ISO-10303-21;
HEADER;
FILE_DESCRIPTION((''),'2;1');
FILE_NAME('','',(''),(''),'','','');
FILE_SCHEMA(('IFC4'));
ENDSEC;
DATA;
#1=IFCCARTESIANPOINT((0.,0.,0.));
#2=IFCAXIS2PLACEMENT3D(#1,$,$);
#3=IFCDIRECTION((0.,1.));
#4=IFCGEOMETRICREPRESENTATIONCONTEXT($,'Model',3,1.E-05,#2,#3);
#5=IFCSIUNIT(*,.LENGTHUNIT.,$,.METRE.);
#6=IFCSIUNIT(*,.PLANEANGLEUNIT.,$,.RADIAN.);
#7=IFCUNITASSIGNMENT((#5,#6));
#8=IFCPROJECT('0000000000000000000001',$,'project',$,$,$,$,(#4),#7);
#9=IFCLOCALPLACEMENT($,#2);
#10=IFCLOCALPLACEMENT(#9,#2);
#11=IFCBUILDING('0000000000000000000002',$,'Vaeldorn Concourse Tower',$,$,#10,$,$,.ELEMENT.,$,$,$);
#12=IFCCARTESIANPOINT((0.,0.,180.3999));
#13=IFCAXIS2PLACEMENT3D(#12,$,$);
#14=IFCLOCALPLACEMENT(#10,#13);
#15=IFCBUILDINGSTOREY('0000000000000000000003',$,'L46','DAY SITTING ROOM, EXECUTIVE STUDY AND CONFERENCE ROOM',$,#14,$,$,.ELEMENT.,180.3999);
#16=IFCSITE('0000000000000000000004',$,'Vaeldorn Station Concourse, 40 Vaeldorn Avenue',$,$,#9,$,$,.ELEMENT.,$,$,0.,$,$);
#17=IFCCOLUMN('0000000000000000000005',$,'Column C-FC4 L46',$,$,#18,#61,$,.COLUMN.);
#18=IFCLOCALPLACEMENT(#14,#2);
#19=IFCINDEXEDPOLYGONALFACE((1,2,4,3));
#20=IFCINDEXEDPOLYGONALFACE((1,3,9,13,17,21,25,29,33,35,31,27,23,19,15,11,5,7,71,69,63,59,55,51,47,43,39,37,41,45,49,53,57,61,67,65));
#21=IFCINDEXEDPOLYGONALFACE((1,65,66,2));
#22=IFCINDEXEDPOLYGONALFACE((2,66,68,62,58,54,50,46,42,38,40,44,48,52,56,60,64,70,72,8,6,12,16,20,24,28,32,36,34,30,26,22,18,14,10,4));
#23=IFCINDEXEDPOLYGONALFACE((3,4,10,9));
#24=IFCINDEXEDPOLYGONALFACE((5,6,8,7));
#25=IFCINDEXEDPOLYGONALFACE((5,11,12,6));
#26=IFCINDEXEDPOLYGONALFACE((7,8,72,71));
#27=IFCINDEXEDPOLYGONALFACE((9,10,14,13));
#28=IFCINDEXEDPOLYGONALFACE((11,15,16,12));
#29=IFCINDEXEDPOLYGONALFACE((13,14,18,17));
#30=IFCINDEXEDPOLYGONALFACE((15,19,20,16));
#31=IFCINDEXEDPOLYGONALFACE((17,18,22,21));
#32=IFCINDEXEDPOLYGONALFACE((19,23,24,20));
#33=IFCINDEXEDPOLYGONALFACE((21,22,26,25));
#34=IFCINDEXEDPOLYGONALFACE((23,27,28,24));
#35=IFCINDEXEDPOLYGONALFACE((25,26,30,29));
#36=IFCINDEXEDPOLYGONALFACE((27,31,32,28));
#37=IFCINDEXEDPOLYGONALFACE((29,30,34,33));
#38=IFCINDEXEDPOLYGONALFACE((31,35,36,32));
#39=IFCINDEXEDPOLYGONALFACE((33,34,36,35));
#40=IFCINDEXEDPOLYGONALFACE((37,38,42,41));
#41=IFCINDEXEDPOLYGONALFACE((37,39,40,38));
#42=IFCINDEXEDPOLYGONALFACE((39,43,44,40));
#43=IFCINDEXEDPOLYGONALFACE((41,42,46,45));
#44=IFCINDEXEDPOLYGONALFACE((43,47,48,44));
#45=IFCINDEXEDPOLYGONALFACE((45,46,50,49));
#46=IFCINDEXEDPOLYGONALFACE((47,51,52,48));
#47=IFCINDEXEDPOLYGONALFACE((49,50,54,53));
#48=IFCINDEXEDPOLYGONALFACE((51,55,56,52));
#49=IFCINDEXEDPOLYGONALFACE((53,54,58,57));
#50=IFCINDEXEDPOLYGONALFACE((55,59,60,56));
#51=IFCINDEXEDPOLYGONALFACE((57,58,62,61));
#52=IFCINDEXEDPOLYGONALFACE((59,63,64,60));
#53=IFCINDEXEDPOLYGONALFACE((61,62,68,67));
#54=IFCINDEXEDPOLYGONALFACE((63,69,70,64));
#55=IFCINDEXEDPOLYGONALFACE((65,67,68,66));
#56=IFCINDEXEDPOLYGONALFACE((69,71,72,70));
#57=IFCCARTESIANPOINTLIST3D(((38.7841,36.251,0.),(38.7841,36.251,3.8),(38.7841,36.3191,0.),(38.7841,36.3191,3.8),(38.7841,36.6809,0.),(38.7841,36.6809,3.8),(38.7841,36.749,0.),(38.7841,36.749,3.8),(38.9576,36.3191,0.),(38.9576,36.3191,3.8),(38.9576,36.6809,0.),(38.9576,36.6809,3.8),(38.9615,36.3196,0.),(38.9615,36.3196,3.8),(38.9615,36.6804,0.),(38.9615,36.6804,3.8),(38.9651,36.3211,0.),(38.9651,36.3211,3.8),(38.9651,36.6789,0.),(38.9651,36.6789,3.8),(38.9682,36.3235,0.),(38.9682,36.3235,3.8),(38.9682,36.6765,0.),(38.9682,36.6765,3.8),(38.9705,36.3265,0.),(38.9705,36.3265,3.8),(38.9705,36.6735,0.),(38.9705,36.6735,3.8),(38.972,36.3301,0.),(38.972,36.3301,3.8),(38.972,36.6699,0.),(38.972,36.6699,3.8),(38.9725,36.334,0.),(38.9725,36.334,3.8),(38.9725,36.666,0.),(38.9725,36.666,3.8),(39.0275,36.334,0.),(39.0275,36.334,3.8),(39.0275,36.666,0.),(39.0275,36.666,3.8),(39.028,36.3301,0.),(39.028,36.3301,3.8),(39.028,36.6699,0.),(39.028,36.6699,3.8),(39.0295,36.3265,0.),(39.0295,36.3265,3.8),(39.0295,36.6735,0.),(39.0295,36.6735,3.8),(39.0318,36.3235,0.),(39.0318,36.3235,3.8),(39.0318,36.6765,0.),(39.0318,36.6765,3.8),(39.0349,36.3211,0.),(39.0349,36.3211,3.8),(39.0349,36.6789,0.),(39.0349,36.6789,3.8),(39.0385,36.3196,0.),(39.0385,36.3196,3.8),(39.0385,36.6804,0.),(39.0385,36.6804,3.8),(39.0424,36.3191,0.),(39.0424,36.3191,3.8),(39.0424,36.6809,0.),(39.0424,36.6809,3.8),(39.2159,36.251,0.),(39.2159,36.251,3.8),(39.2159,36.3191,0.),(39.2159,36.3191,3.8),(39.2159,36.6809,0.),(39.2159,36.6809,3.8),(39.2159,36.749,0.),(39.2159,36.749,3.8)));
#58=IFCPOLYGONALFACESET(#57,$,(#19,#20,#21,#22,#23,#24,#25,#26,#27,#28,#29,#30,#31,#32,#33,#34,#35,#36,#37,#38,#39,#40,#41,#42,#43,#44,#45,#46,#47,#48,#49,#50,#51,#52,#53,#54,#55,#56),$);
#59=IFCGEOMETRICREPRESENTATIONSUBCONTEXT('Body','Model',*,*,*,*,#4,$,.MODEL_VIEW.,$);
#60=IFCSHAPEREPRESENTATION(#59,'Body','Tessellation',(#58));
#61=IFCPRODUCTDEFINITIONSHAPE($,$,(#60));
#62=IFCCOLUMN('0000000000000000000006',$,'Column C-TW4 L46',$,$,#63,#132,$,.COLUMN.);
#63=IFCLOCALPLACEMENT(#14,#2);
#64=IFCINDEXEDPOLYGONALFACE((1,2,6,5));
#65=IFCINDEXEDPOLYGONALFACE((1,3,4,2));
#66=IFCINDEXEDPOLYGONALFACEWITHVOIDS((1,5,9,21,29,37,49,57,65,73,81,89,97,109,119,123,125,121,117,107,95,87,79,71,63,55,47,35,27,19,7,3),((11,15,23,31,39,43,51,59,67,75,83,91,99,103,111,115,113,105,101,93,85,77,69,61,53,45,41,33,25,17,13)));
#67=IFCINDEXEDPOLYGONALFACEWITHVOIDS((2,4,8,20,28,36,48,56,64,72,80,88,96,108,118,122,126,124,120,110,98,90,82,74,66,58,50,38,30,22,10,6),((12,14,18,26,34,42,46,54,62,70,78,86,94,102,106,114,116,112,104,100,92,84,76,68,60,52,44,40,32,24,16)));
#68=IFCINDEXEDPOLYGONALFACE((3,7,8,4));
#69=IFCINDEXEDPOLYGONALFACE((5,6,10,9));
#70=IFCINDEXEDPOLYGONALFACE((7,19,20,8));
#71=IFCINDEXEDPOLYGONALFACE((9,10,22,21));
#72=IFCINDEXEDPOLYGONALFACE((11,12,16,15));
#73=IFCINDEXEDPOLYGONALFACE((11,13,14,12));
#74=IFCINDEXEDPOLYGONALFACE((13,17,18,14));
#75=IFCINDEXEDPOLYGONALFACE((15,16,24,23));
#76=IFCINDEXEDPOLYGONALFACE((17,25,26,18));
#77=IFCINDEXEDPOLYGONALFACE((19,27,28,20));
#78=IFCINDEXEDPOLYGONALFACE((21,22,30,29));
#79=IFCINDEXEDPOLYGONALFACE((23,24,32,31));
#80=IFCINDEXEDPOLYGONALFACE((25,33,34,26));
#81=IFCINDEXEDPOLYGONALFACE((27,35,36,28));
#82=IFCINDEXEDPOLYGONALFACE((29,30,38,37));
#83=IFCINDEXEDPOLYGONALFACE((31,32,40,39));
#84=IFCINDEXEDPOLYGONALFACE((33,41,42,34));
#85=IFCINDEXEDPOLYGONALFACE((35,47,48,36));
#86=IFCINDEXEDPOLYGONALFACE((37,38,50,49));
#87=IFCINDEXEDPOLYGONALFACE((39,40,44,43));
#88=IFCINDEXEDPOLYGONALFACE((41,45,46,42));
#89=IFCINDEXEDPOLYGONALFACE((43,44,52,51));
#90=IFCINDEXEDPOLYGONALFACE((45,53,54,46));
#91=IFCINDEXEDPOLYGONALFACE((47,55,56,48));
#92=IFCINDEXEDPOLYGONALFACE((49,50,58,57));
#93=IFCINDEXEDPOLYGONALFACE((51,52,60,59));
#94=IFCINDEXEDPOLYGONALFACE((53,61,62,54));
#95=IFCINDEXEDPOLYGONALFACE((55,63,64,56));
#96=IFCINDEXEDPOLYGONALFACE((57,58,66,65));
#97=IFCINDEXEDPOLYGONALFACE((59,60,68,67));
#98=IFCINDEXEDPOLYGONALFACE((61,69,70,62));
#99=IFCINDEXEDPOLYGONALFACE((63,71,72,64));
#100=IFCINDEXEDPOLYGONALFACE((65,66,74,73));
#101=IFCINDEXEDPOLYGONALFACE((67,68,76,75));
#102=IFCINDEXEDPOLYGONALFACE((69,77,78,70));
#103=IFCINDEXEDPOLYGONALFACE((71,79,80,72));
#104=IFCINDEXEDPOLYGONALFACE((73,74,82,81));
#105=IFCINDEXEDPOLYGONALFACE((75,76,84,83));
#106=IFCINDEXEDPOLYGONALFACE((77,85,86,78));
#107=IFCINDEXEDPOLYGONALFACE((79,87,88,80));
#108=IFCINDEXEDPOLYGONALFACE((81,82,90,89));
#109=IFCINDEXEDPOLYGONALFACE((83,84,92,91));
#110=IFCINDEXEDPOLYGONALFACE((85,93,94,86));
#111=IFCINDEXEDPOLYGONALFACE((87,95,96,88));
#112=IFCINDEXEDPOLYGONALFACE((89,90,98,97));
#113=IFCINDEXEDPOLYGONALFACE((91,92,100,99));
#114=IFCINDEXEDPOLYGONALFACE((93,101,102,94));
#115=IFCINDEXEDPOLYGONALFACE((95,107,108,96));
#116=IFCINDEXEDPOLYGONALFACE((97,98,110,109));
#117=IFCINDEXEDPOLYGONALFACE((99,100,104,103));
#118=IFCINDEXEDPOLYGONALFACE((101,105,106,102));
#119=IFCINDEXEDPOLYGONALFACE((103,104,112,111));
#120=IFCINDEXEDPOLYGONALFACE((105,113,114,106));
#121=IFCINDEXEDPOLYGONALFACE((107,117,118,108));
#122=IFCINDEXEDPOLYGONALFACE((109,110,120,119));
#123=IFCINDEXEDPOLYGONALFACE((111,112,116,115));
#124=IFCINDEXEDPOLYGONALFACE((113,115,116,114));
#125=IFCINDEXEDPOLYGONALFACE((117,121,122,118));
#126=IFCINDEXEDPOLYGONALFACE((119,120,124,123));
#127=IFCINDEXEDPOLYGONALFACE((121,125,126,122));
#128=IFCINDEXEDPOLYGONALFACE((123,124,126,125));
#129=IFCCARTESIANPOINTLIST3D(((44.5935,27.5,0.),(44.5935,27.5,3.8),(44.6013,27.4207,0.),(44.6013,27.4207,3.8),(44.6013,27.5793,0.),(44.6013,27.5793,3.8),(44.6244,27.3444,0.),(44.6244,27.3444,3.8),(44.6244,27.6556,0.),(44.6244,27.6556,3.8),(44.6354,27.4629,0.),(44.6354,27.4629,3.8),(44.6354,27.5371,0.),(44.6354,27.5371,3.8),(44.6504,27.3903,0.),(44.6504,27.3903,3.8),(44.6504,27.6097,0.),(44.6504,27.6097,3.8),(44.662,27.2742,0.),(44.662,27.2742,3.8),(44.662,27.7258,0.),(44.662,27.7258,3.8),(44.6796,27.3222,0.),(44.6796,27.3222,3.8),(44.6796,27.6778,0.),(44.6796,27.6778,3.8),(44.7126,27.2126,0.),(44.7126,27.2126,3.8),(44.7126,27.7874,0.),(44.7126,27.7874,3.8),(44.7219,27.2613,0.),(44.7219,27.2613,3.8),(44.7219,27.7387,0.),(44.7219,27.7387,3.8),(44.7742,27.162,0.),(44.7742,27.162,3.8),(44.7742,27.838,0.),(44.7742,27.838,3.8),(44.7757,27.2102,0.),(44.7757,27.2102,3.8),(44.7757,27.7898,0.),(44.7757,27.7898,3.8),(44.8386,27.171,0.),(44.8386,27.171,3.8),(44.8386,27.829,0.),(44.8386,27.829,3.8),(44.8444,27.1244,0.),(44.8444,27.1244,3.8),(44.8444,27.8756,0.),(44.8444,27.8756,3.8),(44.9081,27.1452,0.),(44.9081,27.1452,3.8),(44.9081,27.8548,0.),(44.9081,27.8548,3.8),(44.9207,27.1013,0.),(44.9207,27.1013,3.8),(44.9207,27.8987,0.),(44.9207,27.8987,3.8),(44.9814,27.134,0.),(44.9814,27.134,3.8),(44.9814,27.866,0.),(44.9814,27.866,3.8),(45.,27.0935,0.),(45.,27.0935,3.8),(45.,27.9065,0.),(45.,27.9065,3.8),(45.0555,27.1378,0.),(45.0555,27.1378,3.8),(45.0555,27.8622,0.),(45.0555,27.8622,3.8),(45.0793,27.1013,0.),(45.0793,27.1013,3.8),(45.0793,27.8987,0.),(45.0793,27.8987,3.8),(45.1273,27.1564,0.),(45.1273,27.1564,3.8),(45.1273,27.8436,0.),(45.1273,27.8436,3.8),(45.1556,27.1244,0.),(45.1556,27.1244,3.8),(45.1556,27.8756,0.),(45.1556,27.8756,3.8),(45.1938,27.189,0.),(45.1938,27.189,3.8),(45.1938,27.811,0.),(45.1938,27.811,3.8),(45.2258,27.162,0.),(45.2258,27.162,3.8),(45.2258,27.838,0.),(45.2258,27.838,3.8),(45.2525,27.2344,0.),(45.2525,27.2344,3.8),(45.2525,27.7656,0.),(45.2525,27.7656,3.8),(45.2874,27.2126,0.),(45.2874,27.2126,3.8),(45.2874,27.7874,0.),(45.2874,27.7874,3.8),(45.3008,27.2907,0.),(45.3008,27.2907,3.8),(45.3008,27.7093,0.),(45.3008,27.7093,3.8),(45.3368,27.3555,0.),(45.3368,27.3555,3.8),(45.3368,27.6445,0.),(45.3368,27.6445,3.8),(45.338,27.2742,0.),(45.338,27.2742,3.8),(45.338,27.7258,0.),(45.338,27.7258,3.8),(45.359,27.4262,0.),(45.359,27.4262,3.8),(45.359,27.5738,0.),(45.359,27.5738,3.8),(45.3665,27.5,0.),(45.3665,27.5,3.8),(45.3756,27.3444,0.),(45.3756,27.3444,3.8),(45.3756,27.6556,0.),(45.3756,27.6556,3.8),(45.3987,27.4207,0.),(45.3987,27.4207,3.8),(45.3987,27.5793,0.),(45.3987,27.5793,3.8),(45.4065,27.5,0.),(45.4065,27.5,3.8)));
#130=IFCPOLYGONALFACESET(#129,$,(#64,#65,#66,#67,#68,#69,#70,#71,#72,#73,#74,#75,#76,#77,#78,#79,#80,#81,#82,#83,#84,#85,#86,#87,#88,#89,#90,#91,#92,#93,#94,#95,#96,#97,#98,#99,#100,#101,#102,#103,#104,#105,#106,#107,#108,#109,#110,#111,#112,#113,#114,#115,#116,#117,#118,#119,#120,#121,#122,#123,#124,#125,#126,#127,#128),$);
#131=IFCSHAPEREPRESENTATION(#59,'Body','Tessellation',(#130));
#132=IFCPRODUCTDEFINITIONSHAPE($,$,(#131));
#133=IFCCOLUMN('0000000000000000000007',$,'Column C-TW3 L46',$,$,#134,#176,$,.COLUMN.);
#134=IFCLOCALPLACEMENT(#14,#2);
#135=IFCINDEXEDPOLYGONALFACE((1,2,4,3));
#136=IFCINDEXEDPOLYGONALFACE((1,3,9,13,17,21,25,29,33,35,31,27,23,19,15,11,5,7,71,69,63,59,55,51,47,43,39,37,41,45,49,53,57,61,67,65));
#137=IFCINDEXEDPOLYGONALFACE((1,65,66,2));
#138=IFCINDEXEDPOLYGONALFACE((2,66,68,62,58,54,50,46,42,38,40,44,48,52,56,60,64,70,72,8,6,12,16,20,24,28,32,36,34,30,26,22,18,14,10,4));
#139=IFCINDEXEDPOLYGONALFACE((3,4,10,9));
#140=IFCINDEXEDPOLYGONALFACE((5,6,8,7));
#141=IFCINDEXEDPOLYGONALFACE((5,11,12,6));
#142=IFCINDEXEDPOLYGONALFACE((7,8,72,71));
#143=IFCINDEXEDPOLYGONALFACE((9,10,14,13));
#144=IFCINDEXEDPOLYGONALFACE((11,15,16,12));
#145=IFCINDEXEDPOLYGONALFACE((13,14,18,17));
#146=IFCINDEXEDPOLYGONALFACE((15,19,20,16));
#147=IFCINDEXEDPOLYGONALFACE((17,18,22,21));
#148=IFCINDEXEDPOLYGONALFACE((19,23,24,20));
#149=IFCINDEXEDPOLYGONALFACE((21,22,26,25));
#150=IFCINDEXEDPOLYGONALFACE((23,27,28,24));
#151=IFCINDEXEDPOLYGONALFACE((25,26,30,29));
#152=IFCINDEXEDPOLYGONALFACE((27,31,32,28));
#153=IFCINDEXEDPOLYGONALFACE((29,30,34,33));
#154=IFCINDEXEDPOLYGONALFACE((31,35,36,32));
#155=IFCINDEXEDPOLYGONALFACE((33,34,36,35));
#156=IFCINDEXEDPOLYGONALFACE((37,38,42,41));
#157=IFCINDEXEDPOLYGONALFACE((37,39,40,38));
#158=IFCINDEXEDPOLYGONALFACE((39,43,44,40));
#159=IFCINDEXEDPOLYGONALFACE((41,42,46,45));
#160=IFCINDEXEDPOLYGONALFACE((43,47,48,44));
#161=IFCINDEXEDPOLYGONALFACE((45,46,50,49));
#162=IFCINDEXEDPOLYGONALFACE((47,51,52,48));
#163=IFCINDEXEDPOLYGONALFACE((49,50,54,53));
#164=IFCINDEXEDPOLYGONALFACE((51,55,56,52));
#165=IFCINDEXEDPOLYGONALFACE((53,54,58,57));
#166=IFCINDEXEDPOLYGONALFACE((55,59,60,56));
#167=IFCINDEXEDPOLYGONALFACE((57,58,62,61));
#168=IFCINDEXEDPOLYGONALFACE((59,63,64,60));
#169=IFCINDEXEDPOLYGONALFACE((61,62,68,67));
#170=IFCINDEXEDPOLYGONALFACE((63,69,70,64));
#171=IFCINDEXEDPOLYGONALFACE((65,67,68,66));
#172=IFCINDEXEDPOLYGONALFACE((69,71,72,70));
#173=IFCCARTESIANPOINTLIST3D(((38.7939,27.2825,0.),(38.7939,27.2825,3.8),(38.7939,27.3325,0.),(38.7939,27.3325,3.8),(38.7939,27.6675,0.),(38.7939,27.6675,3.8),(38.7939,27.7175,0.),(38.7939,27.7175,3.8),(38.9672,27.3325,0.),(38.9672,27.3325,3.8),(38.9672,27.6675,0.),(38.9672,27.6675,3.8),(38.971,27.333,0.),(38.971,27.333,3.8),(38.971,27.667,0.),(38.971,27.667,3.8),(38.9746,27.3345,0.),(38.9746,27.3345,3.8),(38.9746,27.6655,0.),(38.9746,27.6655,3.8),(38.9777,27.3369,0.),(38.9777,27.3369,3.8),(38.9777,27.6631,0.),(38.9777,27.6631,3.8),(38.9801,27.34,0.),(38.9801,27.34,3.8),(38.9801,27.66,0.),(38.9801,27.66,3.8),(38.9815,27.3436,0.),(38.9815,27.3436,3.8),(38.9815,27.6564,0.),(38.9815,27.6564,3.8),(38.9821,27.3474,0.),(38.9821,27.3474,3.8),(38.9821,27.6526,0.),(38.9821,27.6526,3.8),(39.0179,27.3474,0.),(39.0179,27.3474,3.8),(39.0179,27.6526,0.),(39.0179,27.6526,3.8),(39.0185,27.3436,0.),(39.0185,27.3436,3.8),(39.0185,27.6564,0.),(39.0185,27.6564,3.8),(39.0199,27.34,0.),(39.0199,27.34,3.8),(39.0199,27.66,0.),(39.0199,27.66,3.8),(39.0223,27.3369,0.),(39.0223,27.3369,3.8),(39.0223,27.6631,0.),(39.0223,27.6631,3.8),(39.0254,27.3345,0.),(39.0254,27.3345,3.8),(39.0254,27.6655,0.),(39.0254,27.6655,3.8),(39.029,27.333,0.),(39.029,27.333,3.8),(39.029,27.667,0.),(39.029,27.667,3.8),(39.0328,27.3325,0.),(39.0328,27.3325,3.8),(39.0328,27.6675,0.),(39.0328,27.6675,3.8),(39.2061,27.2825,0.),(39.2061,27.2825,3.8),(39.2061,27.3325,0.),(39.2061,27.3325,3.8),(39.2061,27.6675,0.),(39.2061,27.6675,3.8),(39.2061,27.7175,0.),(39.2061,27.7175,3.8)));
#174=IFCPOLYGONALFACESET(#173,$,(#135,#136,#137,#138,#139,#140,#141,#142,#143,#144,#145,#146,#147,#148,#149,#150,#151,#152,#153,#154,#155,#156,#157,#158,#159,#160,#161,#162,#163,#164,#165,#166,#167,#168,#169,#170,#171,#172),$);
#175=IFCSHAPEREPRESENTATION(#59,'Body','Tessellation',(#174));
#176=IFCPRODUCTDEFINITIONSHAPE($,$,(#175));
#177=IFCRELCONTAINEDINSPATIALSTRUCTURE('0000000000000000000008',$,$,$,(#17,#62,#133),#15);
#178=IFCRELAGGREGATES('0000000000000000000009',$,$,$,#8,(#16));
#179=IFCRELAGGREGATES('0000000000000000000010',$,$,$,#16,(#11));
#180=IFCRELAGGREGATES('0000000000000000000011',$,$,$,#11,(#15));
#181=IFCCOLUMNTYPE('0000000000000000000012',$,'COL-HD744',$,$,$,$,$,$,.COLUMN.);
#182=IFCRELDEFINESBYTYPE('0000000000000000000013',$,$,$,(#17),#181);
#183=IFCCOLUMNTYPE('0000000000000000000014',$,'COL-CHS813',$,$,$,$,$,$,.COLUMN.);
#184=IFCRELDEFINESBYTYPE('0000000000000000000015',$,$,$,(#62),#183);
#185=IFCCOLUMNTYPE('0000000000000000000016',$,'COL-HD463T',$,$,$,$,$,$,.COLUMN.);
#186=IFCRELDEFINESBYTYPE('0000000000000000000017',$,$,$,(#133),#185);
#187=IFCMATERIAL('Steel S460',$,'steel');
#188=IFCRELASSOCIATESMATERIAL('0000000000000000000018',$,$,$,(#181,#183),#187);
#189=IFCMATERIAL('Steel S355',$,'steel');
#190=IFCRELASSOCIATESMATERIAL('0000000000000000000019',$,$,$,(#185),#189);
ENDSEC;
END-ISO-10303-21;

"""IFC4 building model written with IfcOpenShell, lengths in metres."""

from ifc_helpers import new_model, si_unit, direction, frame, origin, origin_2d, place, context, subcontext, project, spatial, hollow_circle, i_section, extrude, source, transform, mapped, material, material_profile, profile_set, type_object, element, save


model = new_model("IFC4")

# Units and contexts
model_context = context("Model", 3, precision=1e-05, world=origin(), true_north=direction((0.0, 1.0)))
body_context = subcontext(model_context, "Body", "Model", "MODEL_VIEW")
ifc_project = project(units=[si_unit("LENGTHUNIT", "METRE"), si_unit("PLANEANGLEUNIT", "RADIAN")], contexts=[model_context])

# Site, building, storey
site_placement = place(None, origin())
site = spatial("IfcSite", under=ifc_project, at=site_placement, Name="Vaeldorn Station Concourse, 40 Vaeldorn Avenue", CompositionType="ELEMENT", RefElevation=0.0)
building_placement = place(site_placement, origin())
building = spatial("IfcBuilding", under=site, at=building_placement, Name="Vaeldorn Concourse Tower", CompositionType="ELEMENT")
storey_placement = place(building_placement, frame((0.0, 0.0, 180.3999)))
storey = spatial("IfcBuildingStorey", under=building, at=storey_placement, Name="L46", Description="DAY SITTING ROOM, EXECUTIVE STUDY AND CONFERENCE ROOM", CompositionType="ELEMENT", Elevation=180.3999)

# Columns
ifc_material_1 = material(Name="Steel S460", Category="steel")
ifc_material_profile_1 = material_profile(ifc_material_1, i_section(OverallWidth=0.4319, OverallDepth=0.498, WebThickness=0.0549, FlangeThickness=0.0681, FilletRadius=0.0149, at=origin_2d()), Name="HD 400x744")
ifc_profile_set_1 = profile_set([ifc_material_profile_1], Name="Steel S460")
column_type_1 = type_object("IfcColumnType", Name="COL-HD744", PredefinedType="COLUMN", material=ifc_profile_set_1)
shared_shape_1 = source(origin(), body_context, "Body", "SweptSolid", [
    extrude(i_section(OverallWidth=0.4319, OverallDepth=0.498, WebThickness=0.0549, FlangeThickness=0.0681, FilletRadius=0.0149, at=origin_2d()), origin(), (0.0, 0.0, 1.0), 3.8),
])
column_1_placement = place(storey_placement, frame((39.0, 36.5, 0.0), z_axis=(0.0, 0.0, 1.0), x_axis=(1.0, 0.0, 0.0)))
element("IfcColumn", 1, at=column_1_placement, inside=storey, type_object=column_type_1, Name="Column C-FC4 L46", PredefinedType="COLUMN", context=body_context, shape_type="MappedRepresentation", body=[
    mapped(shared_shape_1, transform((0.0, 0.0, 0.0), scale=1.0)),
])
ifc_material_profile_2 = material_profile(ifc_material_1, hollow_circle(Radius=0.4065, WallThickness=0.04, at=origin_2d()), Name="CHS 813x40")
ifc_profile_set_2 = profile_set([ifc_material_profile_2], Name="Steel S460")
column_type_2 = type_object("IfcColumnType", Name="COL-CHS813", PredefinedType="COLUMN", material=ifc_profile_set_2)
shared_shape_2 = source(origin(), body_context, "Body", "SweptSolid", [
    extrude(hollow_circle(Radius=0.4065, WallThickness=0.04, at=origin_2d()), origin(), (0.0, 0.0, 1.0), 3.8),
])
column_2_placement = place(storey_placement, frame((45.0, 27.5, 0.0), z_axis=(0.0, 0.0, 1.0), x_axis=(1.0, 0.0, 0.0)))
element("IfcColumn", 2, at=column_2_placement, inside=storey, type_object=column_type_2, Name="Column C-TW4 L46", PredefinedType="COLUMN", context=body_context, shape_type="MappedRepresentation", body=[
    mapped(shared_shape_2, transform((0.0, 0.0, 0.0), scale=1.0)),
])
ifc_material_2 = material(Name="Steel S355", Category="steel")
ifc_material_profile_3 = material_profile(ifc_material_2, i_section(OverallWidth=0.4121, OverallDepth=0.4351, WebThickness=0.0359, FlangeThickness=0.05, FilletRadius=0.0149, at=origin_2d()), Name="HD 400x463")
ifc_profile_set_3 = profile_set([ifc_material_profile_3], Name="Steel S355")
column_type_3 = type_object("IfcColumnType", Name="COL-HD463T", PredefinedType="COLUMN", material=ifc_profile_set_3)
shared_shape_3 = source(origin(), body_context, "Body", "SweptSolid", [
    extrude(i_section(OverallWidth=0.4121, OverallDepth=0.4351, WebThickness=0.0359, FlangeThickness=0.05, FilletRadius=0.0149, at=origin_2d()), origin(), (0.0, 0.0, 1.0), 3.8),
])
for number, where, z_axis, x_axis, name in (
    (3, (39.0, 27.5, 0.0), (0.0, 0.0, 1.0), (1.0, 0.0, 0.0), "Column C-TW3 L46"),
):
    element("IfcColumn", number, at=place(storey_placement, frame(where, z_axis=z_axis, x_axis=x_axis)), inside=storey, type_object=column_type_3, Name=name, PredefinedType="COLUMN", context=body_context, shape_type="MappedRepresentation", body=[
        mapped(shared_shape_3, transform((0.0, 0.0, 0.0), scale=1.0)),
    ])

save(model, "model.ifc")
